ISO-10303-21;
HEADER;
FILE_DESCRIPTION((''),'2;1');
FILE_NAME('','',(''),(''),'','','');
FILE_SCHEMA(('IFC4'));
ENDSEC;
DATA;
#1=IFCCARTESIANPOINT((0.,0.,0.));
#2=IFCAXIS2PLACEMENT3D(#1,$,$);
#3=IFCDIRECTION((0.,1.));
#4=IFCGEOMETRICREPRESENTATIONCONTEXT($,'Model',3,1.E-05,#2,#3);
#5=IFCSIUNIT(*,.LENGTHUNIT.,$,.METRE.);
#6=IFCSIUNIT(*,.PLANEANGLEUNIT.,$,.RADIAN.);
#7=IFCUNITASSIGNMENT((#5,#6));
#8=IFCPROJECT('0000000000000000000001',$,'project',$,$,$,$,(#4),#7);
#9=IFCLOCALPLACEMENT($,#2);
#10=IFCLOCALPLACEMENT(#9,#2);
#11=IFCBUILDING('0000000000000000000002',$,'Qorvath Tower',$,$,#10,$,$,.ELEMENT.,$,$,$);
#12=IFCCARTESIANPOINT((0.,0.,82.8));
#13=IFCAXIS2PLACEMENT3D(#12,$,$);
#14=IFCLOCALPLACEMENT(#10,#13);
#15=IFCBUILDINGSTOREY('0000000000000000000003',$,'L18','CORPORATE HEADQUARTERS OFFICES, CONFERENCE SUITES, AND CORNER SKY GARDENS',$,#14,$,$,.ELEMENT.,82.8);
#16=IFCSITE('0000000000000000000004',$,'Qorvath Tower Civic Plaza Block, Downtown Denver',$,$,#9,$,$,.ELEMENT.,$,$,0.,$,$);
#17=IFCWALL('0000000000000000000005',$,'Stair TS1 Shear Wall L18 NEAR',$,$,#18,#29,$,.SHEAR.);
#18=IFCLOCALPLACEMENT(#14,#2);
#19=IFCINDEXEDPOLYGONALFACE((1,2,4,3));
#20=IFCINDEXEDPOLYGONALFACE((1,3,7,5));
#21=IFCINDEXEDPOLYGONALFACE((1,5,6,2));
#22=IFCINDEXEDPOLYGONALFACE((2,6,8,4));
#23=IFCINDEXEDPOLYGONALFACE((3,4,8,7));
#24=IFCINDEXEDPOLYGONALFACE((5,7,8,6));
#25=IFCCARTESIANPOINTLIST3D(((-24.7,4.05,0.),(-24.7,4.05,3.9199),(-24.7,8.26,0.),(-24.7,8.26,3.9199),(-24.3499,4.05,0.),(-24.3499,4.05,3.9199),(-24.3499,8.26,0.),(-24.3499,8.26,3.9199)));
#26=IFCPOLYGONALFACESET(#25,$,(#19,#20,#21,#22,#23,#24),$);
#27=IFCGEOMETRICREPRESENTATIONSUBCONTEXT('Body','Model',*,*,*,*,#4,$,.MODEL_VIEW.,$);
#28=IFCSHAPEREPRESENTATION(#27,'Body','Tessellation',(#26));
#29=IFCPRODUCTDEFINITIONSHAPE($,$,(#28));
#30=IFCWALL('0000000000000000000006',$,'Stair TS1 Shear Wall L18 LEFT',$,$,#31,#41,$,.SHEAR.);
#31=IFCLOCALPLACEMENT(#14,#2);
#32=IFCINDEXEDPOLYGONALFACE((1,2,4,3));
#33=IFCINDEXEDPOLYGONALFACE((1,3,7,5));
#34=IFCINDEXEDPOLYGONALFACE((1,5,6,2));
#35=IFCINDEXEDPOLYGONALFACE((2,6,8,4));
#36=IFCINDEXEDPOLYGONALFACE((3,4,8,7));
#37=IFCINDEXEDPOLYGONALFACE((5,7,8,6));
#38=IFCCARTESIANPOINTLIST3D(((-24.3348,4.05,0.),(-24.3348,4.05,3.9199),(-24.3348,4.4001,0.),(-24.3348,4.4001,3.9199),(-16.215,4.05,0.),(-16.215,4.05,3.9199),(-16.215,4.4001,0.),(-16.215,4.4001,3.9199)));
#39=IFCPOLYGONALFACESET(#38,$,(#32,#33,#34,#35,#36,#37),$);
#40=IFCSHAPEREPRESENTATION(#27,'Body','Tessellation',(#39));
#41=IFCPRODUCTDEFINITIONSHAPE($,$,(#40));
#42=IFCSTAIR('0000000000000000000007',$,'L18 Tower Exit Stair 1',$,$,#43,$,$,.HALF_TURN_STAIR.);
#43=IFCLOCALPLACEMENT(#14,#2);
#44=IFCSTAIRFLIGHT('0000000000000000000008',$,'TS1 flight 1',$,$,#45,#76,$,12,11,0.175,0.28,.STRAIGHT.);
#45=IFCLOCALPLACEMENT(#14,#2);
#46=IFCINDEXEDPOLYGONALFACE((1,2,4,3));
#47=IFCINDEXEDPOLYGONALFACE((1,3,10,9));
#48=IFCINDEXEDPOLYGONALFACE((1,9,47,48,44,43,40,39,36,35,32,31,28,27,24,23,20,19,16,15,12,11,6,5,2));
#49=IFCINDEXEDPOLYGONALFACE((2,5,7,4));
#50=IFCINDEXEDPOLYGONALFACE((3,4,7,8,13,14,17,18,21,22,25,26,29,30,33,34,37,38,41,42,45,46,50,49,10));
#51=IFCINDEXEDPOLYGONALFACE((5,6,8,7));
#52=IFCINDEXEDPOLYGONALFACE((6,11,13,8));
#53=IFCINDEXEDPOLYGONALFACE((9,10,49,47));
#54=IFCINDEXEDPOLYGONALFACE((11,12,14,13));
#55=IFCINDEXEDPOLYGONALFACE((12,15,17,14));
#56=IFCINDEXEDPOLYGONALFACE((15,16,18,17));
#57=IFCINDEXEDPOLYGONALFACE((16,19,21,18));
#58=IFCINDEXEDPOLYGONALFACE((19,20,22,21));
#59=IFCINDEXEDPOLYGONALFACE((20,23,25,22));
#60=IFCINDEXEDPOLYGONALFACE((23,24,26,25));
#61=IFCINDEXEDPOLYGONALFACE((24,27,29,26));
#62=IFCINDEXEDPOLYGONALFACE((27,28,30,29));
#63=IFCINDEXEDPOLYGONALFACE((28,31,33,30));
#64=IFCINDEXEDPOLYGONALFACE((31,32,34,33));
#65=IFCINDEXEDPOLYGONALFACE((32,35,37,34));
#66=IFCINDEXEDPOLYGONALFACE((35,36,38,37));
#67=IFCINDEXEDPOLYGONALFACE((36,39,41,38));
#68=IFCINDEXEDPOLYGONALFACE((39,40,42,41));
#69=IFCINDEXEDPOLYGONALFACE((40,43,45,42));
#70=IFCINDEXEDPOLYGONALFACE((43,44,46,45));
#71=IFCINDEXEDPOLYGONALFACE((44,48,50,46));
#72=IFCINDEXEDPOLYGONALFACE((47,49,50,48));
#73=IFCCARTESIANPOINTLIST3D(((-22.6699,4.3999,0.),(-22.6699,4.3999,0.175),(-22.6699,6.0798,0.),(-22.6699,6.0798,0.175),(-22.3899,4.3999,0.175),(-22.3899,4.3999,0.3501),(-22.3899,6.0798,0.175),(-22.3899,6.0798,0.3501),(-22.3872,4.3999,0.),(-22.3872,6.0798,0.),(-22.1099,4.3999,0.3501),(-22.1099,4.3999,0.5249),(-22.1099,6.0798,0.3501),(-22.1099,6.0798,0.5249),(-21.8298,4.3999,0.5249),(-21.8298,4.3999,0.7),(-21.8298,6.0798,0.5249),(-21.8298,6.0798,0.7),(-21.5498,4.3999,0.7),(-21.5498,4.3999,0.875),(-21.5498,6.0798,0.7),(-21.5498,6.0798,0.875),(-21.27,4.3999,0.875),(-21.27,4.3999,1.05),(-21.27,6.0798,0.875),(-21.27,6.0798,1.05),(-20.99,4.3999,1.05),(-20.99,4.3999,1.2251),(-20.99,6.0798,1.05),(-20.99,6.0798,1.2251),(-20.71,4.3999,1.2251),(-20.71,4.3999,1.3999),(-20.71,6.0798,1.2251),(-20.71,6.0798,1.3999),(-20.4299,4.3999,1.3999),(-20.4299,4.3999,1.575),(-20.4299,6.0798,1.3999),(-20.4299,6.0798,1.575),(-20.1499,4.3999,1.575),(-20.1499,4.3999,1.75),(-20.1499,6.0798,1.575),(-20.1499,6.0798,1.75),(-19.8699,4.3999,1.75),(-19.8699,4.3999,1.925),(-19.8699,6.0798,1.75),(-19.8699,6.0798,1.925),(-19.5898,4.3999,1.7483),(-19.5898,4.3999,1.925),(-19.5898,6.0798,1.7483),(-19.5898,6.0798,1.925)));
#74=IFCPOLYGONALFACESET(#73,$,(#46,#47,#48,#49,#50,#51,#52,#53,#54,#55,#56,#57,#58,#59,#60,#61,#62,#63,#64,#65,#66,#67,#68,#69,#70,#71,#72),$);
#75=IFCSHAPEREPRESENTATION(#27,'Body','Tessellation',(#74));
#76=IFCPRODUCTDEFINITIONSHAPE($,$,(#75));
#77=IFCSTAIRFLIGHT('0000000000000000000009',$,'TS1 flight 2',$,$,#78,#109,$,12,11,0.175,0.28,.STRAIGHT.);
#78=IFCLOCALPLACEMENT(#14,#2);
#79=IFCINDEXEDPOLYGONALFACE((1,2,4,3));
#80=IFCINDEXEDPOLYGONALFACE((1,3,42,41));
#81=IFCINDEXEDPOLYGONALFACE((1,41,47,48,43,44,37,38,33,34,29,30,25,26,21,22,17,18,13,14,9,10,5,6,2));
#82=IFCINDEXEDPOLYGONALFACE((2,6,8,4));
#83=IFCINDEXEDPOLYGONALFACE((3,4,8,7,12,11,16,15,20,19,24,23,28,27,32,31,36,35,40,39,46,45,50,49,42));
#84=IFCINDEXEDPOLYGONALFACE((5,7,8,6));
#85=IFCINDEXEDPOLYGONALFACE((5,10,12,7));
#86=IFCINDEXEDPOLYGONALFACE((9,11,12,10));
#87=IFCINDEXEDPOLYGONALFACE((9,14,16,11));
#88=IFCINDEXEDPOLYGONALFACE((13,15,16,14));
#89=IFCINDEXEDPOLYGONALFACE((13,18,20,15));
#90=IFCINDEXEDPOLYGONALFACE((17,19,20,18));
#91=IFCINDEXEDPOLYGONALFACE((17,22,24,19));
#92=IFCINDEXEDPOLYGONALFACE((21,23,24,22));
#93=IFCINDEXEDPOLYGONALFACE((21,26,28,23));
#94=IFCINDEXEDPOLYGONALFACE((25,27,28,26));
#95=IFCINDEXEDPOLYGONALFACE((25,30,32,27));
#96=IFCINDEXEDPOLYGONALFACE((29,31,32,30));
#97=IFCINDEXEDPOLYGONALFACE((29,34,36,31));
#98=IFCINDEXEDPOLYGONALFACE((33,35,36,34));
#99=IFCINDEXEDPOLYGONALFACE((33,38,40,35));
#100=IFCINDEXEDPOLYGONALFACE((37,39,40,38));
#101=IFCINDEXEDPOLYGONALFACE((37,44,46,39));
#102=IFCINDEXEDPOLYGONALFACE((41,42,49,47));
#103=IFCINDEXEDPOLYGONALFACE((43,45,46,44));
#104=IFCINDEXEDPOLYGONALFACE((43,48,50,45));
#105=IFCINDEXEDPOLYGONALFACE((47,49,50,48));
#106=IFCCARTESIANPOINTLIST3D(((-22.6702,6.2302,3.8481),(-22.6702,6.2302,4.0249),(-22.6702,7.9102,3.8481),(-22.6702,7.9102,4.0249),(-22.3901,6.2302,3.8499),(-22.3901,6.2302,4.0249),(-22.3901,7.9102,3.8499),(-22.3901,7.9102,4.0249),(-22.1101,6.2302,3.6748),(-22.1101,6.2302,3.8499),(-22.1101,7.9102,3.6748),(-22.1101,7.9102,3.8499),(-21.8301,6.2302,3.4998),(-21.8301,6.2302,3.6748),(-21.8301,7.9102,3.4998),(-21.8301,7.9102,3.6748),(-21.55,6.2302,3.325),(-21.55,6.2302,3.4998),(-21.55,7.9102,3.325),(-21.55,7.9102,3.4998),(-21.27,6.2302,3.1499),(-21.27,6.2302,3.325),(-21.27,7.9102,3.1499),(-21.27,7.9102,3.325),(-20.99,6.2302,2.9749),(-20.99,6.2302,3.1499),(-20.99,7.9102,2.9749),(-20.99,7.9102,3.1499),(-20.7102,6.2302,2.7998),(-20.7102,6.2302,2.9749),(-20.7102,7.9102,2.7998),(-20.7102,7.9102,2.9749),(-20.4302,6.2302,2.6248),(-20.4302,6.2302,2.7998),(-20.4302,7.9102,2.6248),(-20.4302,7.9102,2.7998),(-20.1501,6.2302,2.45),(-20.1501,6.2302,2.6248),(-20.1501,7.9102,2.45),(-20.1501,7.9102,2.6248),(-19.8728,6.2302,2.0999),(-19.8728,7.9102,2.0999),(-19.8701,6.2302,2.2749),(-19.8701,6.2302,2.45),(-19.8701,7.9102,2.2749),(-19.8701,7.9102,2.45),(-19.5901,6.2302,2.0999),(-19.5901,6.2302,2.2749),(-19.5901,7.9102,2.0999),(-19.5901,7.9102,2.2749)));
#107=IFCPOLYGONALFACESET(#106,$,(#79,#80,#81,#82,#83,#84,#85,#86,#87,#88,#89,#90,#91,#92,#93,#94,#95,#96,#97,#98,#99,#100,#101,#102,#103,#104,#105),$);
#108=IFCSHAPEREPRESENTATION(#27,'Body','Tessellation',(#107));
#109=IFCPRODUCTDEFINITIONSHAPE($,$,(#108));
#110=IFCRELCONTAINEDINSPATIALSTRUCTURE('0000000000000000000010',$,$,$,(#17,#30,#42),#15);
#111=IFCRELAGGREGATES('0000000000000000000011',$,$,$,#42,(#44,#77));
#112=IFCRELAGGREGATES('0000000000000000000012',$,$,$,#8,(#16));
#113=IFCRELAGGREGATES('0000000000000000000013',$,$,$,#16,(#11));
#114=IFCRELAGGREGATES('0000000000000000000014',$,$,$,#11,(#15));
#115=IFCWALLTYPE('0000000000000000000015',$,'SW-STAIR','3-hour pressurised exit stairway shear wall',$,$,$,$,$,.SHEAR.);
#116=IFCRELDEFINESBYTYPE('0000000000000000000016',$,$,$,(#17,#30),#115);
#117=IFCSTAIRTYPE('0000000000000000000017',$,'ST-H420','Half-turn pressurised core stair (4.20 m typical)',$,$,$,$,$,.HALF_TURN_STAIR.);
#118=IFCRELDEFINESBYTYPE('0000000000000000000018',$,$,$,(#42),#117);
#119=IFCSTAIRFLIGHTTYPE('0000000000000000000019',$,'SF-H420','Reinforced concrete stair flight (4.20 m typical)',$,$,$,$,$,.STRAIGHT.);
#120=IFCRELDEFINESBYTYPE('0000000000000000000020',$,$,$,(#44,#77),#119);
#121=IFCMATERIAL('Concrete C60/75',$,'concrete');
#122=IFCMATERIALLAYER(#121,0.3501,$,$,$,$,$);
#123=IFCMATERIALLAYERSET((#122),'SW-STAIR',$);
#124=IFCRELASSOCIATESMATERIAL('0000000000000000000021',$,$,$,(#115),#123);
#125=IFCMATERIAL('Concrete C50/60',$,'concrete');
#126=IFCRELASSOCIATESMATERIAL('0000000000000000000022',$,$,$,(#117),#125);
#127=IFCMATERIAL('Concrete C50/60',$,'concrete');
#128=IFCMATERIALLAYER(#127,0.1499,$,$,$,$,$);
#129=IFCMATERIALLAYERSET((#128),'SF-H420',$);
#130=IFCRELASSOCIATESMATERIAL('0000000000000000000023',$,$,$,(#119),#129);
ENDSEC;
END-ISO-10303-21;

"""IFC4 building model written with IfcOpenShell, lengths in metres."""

from ifc_helpers import new_model, si_unit, direction, frame, frame_2d, origin, place, context, subcontext, project, spatial, polyline, rectangle, outline, extrude, material, layer, layer_set, type_object, element, aggregate, save


model = new_model("IFC4")

# Units and contexts
model_context = context("Model", 3, precision=1e-05, world=origin(), true_north=direction((0.0, 1.0)))
body_context = subcontext(model_context, "Body", "Model", "MODEL_VIEW")
ifc_project = project(units=[si_unit("LENGTHUNIT", "METRE"), si_unit("PLANEANGLEUNIT", "RADIAN")], contexts=[model_context])

# Site, building, storey
site_placement = place(None, origin())
site = spatial("IfcSite", under=ifc_project, at=site_placement, Name="Qorvath Tower Civic Plaza Block, Downtown Denver", CompositionType="ELEMENT", RefElevation=0.0)
building_placement = place(site_placement, origin())
building = spatial("IfcBuilding", under=site, at=building_placement, Name="Qorvath Tower", CompositionType="ELEMENT")
storey_placement = place(building_placement, frame((0.0, 0.0, 82.8)))
storey = spatial("IfcBuildingStorey", under=building, at=storey_placement, Name="L18", Description="CORPORATE HEADQUARTERS OFFICES, CONFERENCE SUITES, AND CORNER SKY GARDENS", CompositionType="ELEMENT", Elevation=82.8)

# Walls
ifc_material_1 = material(Name="Concrete C60/75", Category="concrete")
ifc_layer_1 = layer(ifc_material_1, 0.3501)
ifc_layer_set_1 = layer_set([ifc_layer_1], Name="SW-STAIR")
wall_type_1 = type_object("IfcWallType", Name="SW-STAIR", Description="3-hour pressurised exit stairway shear wall", PredefinedType="SHEAR", material=ifc_layer_set_1)
wall_1_placement = place(storey_placement, frame((-24.5249, 8.26, 0.0), z_axis=(0.0, 0.0, 1.0), x_axis=(0.0, -1.0, 0.0)))
element("IfcWall", 1, at=wall_1_placement, inside=storey, type_object=wall_type_1, Name="Stair TS1 Shear Wall L18 NEAR", PredefinedType="SHEAR", context=body_context, shape_type="SweptSolid", body=[
    extrude(rectangle(XDim=4.21, YDim=0.3501, at=frame_2d((2.105, 0.0))), origin(), (0.0, 0.0, 1.0), 3.9199),
])
wall_2_placement = place(storey_placement, frame((-24.335, 4.2251, 0.0), z_axis=(0.0, 0.0, 1.0), x_axis=(1.0, 0.0, 0.0)))
element("IfcWall", 2, at=wall_2_placement, inside=storey, type_object=wall_type_1, Name="Stair TS1 Shear Wall L18 LEFT", PredefinedType="SHEAR", context=body_context, shape_type="SweptSolid", body=[
    extrude(rectangle(XDim=8.1199, YDim=0.3501, at=frame_2d((4.0601, 0.0))), origin(), (0.0, 0.0, 1.0), 3.9199),
])

# Stair, stair flights
ifc_material_2 = material(Name="Concrete C50/60", Category="concrete")
stair_type = type_object("IfcStairType", Name="ST-H420", Description="Half-turn pressurised core stair (4.20 m typical)", PredefinedType="HALF_TURN_STAIR", material=ifc_material_2)
stair_placement = place(storey_placement, origin())
stair = element("IfcStair", 3, at=stair_placement, inside=storey, type_object=stair_type, Name="L18 Tower Exit Stair 1", PredefinedType="HALF_TURN_STAIR")
ifc_material_3 = material(Name="Concrete C50/60", Category="concrete")
ifc_layer_2 = layer(ifc_material_3, 0.1499)
ifc_layer_set_2 = layer_set([ifc_layer_2], Name="SF-H420")
stair_flight_type = type_object("IfcStairFlightType", Name="SF-H420", Description="Reinforced concrete stair flight (4.20 m typical)", PredefinedType="STRAIGHT", material=ifc_layer_set_2)
stair_flight_1_placement = place(storey_placement, frame((-22.6699, 5.24, 0.0), z_axis=(0.0, 0.0, 1.0), x_axis=(1.0, 0.0, 0.0)))
stair_flight_1 = element("IfcStairFlight", 4, at=stair_flight_1_placement, type_object=stair_flight_type, Name="TS1 flight 1", NumberOfRisers=12, NumberOfTreads=11, PredefinedType="STRAIGHT", RiserHeight=0.175, TreadLength=0.28, context=body_context, shape_type="SweptSolid", body=[
    extrude(outline(polyline([(0.0, 0.0), (0.0, 0.175), (0.28, 0.175), (0.28, 0.3501), (0.5601, 0.3501), (0.5601, 0.5249), (0.8401, 0.5249), (0.8401, 0.7), (1.1201, 0.7), (1.1201, 0.875), (1.3999, 0.875), (1.3999, 1.05), (1.6799, 1.05), (1.6799, 1.2251), (1.96, 1.2251), (1.96, 1.3999), (2.24, 1.3999), (2.24, 1.575), (2.52, 1.575), (2.52, 1.75), (2.8, 1.75), (2.8, 1.925), (3.0801, 1.925), (3.0801, 2.1001), (3.0801, 1.7483), (0.2827, 0.0), (0.0, 0.0)])), frame((0.0, 0.8398, 0.0), z_axis=(0.0, -1.0, 0.0), x_axis=(1.0, 0.0, 0.0)), (0.0, 0.0, 1.0), 1.6799),
])
stair_flight_2_placement = place(storey_placement, frame((-19.5901, 7.0701, 2.0999), z_axis=(0.0, 0.0, 1.0), x_axis=(-1.0, 0.0, 0.0)))
stair_flight_2 = element("IfcStairFlight", 5, at=stair_flight_2_placement, type_object=stair_flight_type, Name="TS1 flight 2", NumberOfRisers=12, NumberOfTreads=11, PredefinedType="STRAIGHT", RiserHeight=0.175, TreadLength=0.28, context=body_context, shape_type="SweptSolid", body=[
    extrude(outline(polyline([(0.0, 0.0), (0.0, 0.175), (0.28, 0.175), (0.28, 0.3501), (0.5601, 0.3501), (0.5601, 0.5249), (0.8401, 0.5249), (0.8401, 0.7), (1.1201, 0.7), (1.1201, 0.875), (1.3999, 0.875), (1.3999, 1.05), (1.6799, 1.05), (1.6799, 1.2251), (1.96, 1.2251), (1.96, 1.3999), (2.24, 1.3999), (2.24, 1.575), (2.52, 1.575), (2.52, 1.75), (2.8, 1.75), (2.8, 1.925), (3.0801, 1.925), (3.0801, 2.1001), (3.0801, 1.7483), (0.2827, 0.0), (0.0, 0.0)])), frame((0.0, 0.8398, 0.0), z_axis=(0.0, -1.0, 0.0), x_axis=(1.0, 0.0, 0.0)), (0.0, 0.0, 1.0), 1.6799),
])
aggregate(stair, [stair_flight_1, stair_flight_2])

save(model, "model.ifc")
